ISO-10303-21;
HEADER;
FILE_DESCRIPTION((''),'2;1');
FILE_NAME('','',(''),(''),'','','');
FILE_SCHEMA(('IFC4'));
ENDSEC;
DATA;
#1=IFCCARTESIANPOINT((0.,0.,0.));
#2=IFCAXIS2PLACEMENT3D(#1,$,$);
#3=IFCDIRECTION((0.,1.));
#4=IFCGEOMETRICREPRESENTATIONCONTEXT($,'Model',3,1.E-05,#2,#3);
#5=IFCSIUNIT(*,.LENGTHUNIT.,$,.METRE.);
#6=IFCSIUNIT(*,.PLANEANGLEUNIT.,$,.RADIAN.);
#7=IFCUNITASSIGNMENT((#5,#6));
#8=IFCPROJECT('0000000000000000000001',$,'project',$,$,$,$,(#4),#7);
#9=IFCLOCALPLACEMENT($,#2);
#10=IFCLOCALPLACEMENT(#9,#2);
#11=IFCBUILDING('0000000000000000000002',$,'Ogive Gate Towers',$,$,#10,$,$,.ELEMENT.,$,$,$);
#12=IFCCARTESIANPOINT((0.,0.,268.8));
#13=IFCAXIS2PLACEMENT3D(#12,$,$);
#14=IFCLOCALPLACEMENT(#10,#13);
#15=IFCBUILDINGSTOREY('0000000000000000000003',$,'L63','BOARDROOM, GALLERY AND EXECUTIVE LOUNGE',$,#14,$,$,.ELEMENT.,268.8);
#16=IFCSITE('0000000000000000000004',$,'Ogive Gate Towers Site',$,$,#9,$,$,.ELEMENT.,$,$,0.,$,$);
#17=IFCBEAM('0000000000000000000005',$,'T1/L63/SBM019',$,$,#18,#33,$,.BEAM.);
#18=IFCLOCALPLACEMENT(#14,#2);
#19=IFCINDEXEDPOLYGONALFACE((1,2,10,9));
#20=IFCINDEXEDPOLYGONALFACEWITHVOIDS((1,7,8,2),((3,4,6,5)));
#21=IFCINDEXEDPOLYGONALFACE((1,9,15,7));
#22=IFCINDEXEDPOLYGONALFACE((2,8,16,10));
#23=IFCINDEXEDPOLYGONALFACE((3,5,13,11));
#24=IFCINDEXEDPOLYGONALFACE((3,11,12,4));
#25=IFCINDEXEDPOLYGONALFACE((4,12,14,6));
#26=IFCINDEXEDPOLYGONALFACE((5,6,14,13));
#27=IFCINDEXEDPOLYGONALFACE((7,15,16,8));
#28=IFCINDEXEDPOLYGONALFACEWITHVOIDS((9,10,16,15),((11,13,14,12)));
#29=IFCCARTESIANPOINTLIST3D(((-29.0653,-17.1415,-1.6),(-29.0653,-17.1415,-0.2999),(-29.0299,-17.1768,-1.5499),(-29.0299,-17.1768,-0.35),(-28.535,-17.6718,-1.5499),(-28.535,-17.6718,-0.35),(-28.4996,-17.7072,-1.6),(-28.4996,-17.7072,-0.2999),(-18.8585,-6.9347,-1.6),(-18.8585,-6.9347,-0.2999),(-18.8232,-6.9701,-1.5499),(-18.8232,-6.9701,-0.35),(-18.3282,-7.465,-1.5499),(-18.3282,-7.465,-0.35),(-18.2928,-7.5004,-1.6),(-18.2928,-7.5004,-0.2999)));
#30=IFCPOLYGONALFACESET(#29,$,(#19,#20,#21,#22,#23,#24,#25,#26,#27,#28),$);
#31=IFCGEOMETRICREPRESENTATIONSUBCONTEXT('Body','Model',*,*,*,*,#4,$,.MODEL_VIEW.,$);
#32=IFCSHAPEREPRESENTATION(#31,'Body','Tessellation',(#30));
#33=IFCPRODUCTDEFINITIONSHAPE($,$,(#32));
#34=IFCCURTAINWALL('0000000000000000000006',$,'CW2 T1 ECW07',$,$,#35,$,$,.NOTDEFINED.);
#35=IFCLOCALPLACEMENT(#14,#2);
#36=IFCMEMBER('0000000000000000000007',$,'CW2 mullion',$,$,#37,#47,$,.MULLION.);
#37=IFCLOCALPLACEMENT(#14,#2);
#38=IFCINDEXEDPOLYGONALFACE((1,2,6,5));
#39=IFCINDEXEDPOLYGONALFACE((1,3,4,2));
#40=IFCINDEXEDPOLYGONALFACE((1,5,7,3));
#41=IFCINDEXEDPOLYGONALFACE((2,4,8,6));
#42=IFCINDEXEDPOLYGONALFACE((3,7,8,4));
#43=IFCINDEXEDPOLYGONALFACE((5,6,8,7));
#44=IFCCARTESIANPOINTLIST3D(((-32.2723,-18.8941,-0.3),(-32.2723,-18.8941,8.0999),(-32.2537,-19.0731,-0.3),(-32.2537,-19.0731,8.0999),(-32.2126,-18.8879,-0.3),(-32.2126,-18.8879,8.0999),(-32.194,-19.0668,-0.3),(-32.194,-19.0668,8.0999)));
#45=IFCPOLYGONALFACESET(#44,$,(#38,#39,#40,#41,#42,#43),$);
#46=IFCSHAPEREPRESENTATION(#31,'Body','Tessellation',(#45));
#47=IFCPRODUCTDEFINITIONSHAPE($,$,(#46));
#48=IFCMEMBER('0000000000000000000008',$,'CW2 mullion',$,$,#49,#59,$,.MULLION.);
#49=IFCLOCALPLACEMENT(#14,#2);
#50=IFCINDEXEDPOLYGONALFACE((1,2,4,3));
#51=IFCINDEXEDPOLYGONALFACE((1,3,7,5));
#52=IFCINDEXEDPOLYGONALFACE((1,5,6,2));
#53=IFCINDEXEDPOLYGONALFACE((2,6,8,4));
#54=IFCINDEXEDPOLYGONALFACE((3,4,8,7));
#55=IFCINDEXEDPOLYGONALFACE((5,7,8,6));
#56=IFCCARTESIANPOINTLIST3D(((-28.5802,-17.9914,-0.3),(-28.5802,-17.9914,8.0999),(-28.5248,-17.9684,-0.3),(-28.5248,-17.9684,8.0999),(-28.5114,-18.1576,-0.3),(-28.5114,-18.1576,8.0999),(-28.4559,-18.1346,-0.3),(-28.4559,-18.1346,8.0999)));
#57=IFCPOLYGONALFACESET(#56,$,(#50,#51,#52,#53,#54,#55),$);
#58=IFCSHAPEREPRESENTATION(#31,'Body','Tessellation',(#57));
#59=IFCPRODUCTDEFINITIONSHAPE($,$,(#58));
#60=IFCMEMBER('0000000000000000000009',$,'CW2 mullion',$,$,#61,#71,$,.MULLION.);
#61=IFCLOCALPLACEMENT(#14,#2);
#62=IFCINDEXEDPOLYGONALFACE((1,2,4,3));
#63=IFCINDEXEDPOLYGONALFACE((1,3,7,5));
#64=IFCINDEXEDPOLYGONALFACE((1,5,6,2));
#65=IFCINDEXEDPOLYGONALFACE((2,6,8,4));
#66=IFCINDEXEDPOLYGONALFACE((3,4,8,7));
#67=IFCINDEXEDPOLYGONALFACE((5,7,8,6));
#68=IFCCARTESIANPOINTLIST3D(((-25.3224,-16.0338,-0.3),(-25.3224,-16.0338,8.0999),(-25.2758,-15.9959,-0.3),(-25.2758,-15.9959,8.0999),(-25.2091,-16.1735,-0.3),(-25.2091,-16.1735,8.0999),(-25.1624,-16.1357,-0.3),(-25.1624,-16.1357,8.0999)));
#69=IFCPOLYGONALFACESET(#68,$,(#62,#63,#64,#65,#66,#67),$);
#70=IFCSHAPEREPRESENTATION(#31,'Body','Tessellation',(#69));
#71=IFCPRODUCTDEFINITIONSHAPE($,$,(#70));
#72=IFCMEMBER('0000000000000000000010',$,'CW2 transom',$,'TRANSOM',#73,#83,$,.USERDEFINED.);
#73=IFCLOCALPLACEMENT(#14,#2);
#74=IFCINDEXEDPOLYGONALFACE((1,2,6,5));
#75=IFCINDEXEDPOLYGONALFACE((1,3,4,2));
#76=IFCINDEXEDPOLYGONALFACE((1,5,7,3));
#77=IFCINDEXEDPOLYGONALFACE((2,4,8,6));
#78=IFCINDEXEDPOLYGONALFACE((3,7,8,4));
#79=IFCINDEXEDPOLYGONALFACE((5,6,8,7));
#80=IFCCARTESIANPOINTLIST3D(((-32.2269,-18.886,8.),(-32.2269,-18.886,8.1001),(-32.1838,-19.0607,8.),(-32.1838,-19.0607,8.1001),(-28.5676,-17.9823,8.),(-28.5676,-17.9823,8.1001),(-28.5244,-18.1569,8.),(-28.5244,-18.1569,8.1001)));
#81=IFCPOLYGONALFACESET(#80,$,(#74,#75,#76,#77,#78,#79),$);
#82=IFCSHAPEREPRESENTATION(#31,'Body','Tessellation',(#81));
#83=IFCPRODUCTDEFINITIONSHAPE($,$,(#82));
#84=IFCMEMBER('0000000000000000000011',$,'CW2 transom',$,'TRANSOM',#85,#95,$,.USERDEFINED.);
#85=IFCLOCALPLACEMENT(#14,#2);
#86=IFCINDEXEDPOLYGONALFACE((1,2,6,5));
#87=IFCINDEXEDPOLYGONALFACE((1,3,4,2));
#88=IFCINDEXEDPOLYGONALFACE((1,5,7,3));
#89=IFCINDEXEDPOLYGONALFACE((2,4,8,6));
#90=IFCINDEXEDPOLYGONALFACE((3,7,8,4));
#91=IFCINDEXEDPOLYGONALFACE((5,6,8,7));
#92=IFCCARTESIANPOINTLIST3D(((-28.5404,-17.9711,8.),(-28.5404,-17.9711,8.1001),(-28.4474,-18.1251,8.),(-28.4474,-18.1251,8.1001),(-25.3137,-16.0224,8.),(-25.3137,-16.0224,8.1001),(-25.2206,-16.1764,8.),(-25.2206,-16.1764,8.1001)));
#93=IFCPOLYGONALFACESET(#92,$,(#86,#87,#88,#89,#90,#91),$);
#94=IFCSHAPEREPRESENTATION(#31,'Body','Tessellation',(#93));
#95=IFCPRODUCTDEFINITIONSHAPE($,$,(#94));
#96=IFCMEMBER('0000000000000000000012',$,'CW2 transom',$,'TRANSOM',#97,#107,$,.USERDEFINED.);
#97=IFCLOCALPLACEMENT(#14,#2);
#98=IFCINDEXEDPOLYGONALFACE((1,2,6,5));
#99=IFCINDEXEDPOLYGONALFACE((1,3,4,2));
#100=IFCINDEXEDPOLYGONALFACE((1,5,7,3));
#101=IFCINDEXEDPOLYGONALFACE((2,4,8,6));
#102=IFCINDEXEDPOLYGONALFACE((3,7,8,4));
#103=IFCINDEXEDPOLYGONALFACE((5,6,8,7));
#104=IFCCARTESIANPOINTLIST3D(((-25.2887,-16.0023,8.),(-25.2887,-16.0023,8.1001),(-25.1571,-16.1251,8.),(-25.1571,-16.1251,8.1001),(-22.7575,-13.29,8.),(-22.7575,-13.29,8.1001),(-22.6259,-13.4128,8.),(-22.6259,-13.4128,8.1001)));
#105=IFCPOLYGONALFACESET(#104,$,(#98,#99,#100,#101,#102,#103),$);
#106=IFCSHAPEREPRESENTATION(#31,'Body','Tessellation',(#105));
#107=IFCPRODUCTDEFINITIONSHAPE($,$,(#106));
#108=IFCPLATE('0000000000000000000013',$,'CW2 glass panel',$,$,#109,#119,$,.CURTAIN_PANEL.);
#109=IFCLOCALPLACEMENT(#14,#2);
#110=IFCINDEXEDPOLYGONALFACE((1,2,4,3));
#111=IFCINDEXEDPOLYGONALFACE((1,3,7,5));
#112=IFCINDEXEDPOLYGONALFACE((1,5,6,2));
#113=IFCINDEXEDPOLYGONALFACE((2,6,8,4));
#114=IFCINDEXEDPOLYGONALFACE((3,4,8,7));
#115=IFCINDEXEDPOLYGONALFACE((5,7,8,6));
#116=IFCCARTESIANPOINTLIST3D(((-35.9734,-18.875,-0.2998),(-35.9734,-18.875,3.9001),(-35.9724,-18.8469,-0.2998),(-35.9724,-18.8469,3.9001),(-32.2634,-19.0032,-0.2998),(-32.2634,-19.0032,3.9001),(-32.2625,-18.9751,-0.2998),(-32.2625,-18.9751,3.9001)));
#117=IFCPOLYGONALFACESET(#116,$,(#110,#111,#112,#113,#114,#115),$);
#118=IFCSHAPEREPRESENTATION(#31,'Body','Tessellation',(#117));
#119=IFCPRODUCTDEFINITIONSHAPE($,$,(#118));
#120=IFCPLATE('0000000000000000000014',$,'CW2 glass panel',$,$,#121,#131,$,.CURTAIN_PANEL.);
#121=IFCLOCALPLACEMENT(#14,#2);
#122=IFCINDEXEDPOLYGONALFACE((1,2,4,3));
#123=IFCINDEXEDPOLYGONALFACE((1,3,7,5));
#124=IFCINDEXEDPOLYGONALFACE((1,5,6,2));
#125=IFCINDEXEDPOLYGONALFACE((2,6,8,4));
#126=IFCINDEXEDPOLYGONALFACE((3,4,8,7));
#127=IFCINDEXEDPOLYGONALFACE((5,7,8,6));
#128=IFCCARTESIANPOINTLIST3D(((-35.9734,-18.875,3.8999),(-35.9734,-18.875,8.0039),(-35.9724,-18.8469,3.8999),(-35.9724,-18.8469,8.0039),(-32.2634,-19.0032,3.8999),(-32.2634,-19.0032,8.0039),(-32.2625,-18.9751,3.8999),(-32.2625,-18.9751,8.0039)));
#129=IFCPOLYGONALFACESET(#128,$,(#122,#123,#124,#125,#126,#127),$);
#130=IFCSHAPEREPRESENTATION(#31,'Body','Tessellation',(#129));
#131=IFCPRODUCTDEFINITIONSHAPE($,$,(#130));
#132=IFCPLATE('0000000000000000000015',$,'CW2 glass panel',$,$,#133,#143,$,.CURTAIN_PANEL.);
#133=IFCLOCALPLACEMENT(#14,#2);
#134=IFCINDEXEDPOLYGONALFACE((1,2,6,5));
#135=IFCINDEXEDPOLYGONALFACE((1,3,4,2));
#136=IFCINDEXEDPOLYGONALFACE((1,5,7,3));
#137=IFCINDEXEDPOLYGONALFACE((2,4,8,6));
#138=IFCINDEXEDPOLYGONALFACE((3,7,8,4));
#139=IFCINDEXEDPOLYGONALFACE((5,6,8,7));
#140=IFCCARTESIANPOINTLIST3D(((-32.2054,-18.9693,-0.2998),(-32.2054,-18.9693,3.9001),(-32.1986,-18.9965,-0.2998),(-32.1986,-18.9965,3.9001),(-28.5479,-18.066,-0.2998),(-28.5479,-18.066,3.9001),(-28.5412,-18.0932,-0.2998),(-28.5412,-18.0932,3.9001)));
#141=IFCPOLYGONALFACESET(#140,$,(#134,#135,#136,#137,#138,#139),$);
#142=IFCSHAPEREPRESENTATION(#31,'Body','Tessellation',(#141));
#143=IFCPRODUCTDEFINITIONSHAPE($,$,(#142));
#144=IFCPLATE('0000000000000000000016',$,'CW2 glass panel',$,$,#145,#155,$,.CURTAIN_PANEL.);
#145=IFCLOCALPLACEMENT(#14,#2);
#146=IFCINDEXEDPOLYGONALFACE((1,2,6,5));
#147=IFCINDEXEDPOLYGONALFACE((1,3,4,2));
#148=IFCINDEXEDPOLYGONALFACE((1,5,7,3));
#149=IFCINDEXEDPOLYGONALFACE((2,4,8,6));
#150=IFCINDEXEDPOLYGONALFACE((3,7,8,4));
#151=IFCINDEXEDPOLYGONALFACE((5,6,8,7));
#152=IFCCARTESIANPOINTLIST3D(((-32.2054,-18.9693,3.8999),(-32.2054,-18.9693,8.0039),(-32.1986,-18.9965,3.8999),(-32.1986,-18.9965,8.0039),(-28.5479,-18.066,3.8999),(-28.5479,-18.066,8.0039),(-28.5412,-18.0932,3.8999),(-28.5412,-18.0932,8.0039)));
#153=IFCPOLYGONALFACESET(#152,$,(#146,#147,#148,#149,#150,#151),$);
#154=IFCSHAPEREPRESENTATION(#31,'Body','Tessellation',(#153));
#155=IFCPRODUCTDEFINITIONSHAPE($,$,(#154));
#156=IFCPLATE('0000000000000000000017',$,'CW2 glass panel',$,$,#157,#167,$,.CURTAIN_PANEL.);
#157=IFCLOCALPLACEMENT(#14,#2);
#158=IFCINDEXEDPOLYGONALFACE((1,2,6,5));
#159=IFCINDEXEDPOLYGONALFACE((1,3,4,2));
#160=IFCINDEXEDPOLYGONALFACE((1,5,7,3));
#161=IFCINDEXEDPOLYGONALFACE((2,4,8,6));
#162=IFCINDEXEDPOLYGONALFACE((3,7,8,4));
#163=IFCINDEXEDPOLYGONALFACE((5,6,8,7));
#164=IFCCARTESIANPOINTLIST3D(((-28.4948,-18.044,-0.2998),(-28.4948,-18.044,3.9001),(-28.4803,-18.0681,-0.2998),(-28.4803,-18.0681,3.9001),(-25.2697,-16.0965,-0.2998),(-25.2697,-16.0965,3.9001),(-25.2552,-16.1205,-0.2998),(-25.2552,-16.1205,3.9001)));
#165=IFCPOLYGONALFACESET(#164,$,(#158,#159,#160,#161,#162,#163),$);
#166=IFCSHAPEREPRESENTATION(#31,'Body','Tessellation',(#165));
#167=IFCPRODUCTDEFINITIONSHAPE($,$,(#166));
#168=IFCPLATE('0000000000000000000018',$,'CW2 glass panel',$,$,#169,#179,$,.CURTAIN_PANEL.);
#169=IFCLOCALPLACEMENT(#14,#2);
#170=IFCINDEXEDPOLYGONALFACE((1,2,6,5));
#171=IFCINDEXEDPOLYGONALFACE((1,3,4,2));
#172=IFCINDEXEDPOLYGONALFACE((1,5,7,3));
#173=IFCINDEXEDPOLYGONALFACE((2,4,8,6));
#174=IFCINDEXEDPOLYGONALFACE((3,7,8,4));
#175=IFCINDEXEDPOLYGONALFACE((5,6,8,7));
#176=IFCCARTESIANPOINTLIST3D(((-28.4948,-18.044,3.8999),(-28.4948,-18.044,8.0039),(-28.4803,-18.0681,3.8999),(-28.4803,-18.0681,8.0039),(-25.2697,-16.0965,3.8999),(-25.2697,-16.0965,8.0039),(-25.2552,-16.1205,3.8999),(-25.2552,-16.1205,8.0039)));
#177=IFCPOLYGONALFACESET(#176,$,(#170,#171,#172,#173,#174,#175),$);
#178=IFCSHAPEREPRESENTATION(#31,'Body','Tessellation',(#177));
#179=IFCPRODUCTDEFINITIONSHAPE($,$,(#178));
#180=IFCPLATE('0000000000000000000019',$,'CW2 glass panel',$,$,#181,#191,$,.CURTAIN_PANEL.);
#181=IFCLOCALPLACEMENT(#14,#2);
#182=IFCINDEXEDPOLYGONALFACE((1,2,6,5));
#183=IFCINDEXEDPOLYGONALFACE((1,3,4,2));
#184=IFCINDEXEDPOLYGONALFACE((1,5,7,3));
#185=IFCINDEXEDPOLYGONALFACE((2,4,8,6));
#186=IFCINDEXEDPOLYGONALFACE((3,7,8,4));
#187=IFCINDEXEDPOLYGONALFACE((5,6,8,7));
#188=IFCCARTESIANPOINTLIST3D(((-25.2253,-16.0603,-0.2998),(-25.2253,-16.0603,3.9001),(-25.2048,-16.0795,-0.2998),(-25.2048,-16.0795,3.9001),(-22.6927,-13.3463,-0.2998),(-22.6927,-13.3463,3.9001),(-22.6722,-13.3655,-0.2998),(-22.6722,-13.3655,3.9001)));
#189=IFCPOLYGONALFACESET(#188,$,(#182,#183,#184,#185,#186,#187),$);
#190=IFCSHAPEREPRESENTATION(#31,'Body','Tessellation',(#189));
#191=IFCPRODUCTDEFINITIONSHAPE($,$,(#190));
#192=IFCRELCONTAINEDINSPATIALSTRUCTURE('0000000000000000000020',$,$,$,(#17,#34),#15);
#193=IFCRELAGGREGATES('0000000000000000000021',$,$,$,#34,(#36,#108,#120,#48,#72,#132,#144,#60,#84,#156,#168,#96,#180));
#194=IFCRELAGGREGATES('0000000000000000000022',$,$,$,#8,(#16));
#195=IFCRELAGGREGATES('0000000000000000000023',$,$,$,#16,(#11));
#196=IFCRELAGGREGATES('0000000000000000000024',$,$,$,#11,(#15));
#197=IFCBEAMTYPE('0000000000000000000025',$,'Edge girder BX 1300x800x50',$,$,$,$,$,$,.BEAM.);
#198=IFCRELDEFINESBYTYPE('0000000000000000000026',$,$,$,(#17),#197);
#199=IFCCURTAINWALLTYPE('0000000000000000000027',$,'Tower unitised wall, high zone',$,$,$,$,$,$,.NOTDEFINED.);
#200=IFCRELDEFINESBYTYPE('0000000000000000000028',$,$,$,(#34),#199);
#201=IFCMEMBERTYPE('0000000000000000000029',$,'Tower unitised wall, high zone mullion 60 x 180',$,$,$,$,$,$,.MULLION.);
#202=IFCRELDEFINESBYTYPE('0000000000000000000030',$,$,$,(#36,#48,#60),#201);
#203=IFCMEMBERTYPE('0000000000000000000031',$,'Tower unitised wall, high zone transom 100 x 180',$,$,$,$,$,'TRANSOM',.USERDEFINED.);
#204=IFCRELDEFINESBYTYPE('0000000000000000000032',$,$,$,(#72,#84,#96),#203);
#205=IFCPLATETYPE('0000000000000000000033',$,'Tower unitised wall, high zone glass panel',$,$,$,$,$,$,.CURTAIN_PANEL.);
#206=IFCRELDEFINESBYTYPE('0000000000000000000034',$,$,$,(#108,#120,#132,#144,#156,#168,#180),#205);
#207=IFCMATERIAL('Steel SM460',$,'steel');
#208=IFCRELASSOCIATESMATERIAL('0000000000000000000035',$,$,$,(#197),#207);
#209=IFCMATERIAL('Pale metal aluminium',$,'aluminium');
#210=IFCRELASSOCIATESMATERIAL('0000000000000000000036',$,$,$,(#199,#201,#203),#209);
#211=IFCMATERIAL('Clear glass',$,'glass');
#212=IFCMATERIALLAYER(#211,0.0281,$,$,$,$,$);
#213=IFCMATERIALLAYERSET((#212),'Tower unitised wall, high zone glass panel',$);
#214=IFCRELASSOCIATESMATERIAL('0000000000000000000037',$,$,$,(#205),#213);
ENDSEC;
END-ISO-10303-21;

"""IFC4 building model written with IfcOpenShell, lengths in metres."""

from ifc_helpers import new_model, si_unit, direction, frame, origin, origin_2d, place, context, subcontext, project, spatial, rectangle, hollow_rectangle, extrude, material, layer, layer_set, material_profile, profile_set, type_object, element, aggregate, save


model = new_model("IFC4")

# Units and contexts
model_context = context("Model", 3, precision=1e-05, world=origin(), true_north=direction((0.0, 1.0)))
body_context = subcontext(model_context, "Body", "Model", "MODEL_VIEW")
ifc_project = project(units=[si_unit("LENGTHUNIT", "METRE"), si_unit("PLANEANGLEUNIT", "RADIAN")], contexts=[model_context])

# Site, building, storey
site_placement = place(None, origin())
site = spatial("IfcSite", under=ifc_project, at=site_placement, Name="Ogive Gate Towers Site", CompositionType="ELEMENT", RefElevation=0.0)
building_placement = place(site_placement, origin())
building = spatial("IfcBuilding", under=site, at=building_placement, Name="Ogive Gate Towers", CompositionType="ELEMENT")
storey_placement = place(building_placement, frame((0.0, 0.0, 268.8)))
storey = spatial("IfcBuildingStorey", under=building, at=storey_placement, Name="L63", Description="BOARDROOM, GALLERY AND EXECUTIVE LOUNGE", CompositionType="ELEMENT", Elevation=268.8)

# Beam
ifc_material_1 = material(Name="Steel SM460", Category="steel")
ifc_material_profile_1 = material_profile(ifc_material_1, hollow_rectangle(XDim=0.8, YDim=1.3, WallThickness=0.05, at=origin_2d()), Name="BX 1300x800x50")
ifc_profile_set_1 = profile_set([ifc_material_profile_1], Name="Steel SM460")
beam_type = type_object("IfcBeamType", Name="Edge girder BX 1300x800x50", PredefinedType="BEAM", material=ifc_profile_set_1)
beam_placement = place(storey_placement, frame((-28.7825, -17.4243, -0.95), z_axis=(0.707107, 0.707107, 0.0), x_axis=(-0.707107, 0.707107, 0.0)))
element("IfcBeam", 1, at=beam_placement, inside=storey, type_object=beam_type, Name="T1/L63/SBM019", PredefinedType="BEAM", context=body_context, shape_type="SweptSolid", body=[
    extrude(hollow_rectangle(XDim=0.8, YDim=1.3, WallThickness=0.05, at=origin_2d()), origin(), (0.0, 0.0, 1.0), 14.4346),
])

# Curtain wall, members, plates
ifc_material_2 = material(Name="Pale metal aluminium", Category="aluminium")
curtain_wall_type = type_object("IfcCurtainWallType", Name="Tower unitised wall, high zone", PredefinedType="NOTDEFINED", material=ifc_material_2)
curtain_wall_placement = place(storey_placement, origin())
curtain_wall = element("IfcCurtainWall", 2, at=curtain_wall_placement, inside=storey, type_object=curtain_wall_type, Name="CW2 T1 ECW07", PredefinedType="NOTDEFINED")
ifc_material_profile_2 = material_profile(ifc_material_2, rectangle(XDim=0.1799, YDim=0.0601, at=origin_2d()), Name="60 x 180 aluminium box")
ifc_profile_set_2 = profile_set([ifc_material_profile_2], Name="Pale metal aluminium")
member_type_1 = type_object("IfcMemberType", Name="Tower unitised wall, high zone mullion 60 x 180", PredefinedType="MULLION", material=ifc_profile_set_2)
member_1_placement = place(storey_placement, frame((-32.2332, -18.9805, -0.3), z_axis=(0.0, 0.0, 1.0), x_axis=(0.103608, -0.994618, 0.0)))
member_1 = element("IfcMember", 3, at=member_1_placement, type_object=member_type_1, Name="CW2 mullion", PredefinedType="MULLION", context=body_context, shape_type="SweptSolid", body=[
    extrude(rectangle(XDim=0.1799, YDim=0.0601, at=origin_2d()), origin(), (0.0, 0.0, 1.0), 8.3999),
])
member_2_placement = place(storey_placement, frame((-28.5181, -18.063, -0.3), z_axis=(0.0, 0.0, 1.0), x_axis=(0.382683, -0.92388, 0.0)))
member_2 = element("IfcMember", 4, at=member_2_placement, type_object=member_type_1, Name="CW2 mullion", PredefinedType="MULLION", context=body_context, shape_type="SweptSolid", body=[
    extrude(rectangle(XDim=0.1799, YDim=0.0601, at=origin_2d()), origin(), (0.0, 0.0, 1.0), 8.3999),
])
member_3_placement = place(storey_placement, frame((-25.2424, -16.0847, -0.3), z_axis=(0.0, 0.0, 1.0), x_axis=(0.630039, -0.776563, 0.0)))
member_3 = element("IfcMember", 5, at=member_3_placement, type_object=member_type_1, Name="CW2 mullion", PredefinedType="MULLION", context=body_context, shape_type="SweptSolid", body=[
    extrude(rectangle(XDim=0.1799, YDim=0.0601, at=origin_2d()), origin(), (0.0, 0.0, 1.0), 8.3999),
])
ifc_material_profile_3 = material_profile(ifc_material_2, rectangle(XDim=0.1799, YDim=0.1001, at=origin_2d()), Name="100 x 180 aluminium box")
ifc_profile_set_3 = profile_set([ifc_material_profile_3], Name="Pale metal aluminium")
member_type_2 = type_object("IfcMemberType", Name="Tower unitised wall, high zone transom 100 x 180", ElementType="TRANSOM", PredefinedType="USERDEFINED", material=ifc_profile_set_3)
member_4_placement = place(storey_placement, frame((-32.2053, -18.9734, 8.05), z_axis=(0.970828, 0.239776, 0.0), x_axis=(-0.239776, 0.970828, 0.0)))
member_4 = element("IfcMember", 6, at=member_4_placement, type_object=member_type_2, Name="CW2 transom", ObjectType="TRANSOM", PredefinedType="USERDEFINED", context=body_context, shape_type="SweptSolid", body=[
    extrude(rectangle(XDim=0.1799, YDim=0.1001, at=origin_2d()), origin(), (0.0, 0.0, 1.0), 3.7693),
])
member_5_placement = place(storey_placement, frame((-28.4939, -18.0481, 8.05), z_axis=(0.856009, 0.51696, 0.0), x_axis=(-0.51696, 0.856009, 0.0)))
member_5 = element("IfcMember", 7, at=member_5_placement, type_object=member_type_2, Name="CW2 transom", ObjectType="TRANSOM", PredefinedType="USERDEFINED", context=body_context, shape_type="SweptSolid", body=[
    extrude(rectangle(XDim=0.1799, YDim=0.1001, at=origin_2d()), origin(), (0.0, 0.0, 1.0), 3.7695),
])
member_6_placement = place(storey_placement, frame((-25.2229, -16.0637, 8.05), z_axis=(0.682271, 0.731099, 0.0), x_axis=(-0.731099, 0.682271, 0.0)))
member_6 = element("IfcMember", 8, at=member_6_placement, type_object=member_type_2, Name="CW2 transom", ObjectType="TRANSOM", PredefinedType="USERDEFINED", context=body_context, shape_type="SweptSolid", body=[
    extrude(rectangle(XDim=0.1799, YDim=0.1001, at=origin_2d()), origin(), (0.0, 0.0, 1.0), 3.71),
])
ifc_material_3 = material(Name="Clear glass", Category="glass")
ifc_layer_1 = layer(ifc_material_3, 0.0281)
ifc_layer_set_1 = layer_set([ifc_layer_1], Name="Tower unitised wall, high zone glass panel")
plate_type = type_object("IfcPlateType", Name="Tower unitised wall, high zone glass panel", PredefinedType="CURTAIN_PANEL", material=ifc_layer_set_1)
plate_1_placement = place(storey_placement, frame((-34.1179, -18.925, -0.2998), z_axis=(0.0, 0.0, 1.0), x_axis=(0.999404, -0.034533, 0.0)))
plate_1 = element("IfcPlate", 9, at=plate_1_placement, type_object=plate_type, Name="CW2 glass panel", PredefinedType="CURTAIN_PANEL", context=body_context, shape_type="SweptSolid", body=[
    extrude(rectangle(XDim=3.7122, YDim=0.0281, at=origin_2d()), origin(), (0.0, 0.0, 1.0), 4.2),
])
plate_2_placement = place(storey_placement, frame((-34.1179, -18.925, 3.8999), z_axis=(0.0, 0.0, 1.0), x_axis=(0.999404, -0.034533, 0.0)))
plate_2 = element("IfcPlate", 10, at=plate_2_placement, type_object=plate_type, Name="CW2 glass panel", PredefinedType="CURTAIN_PANEL", context=body_context, shape_type="SweptSolid", body=[
    extrude(rectangle(XDim=3.7122, YDim=0.0281, at=origin_2d()), origin(), (0.0, 0.0, 1.0), 4.104),
])
plate_3_placement = place(storey_placement, frame((-30.3733, -18.5312, -0.2998), z_axis=(0.0, 0.0, 1.0), x_axis=(0.97083, 0.239771, 0.0)))
plate_3 = element("IfcPlate", 11, at=plate_3_placement, type_object=plate_type, Name="CW2 glass panel", PredefinedType="CURTAIN_PANEL", context=body_context, shape_type="SweptSolid", body=[
    extrude(rectangle(XDim=3.7673, YDim=0.0281, at=origin_2d()), origin(), (0.0, 0.0, 1.0), 4.2),
])
plate_4_placement = place(storey_placement, frame((-30.3733, -18.5312, 3.8999), z_axis=(0.0, 0.0, 1.0), x_axis=(0.97083, 0.239771, 0.0)))
plate_4 = element("IfcPlate", 12, at=plate_4_placement, type_object=plate_type, Name="CW2 glass panel", PredefinedType="CURTAIN_PANEL", context=body_context, shape_type="SweptSolid", body=[
    extrude(rectangle(XDim=3.7673, YDim=0.0281, at=origin_2d()), origin(), (0.0, 0.0, 1.0), 4.104),
])
plate_5_placement = place(storey_placement, frame((-26.875, -17.0823, -0.2998), z_axis=(0.0, 0.0, 1.0), x_axis=(0.856033, 0.516922, 0.0)))
plate_5 = element("IfcPlate", 13, at=plate_5_placement, type_object=plate_type, Name="CW2 glass panel", PredefinedType="CURTAIN_PANEL", context=body_context, shape_type="SweptSolid", body=[
    extrude(rectangle(XDim=3.7676, YDim=0.0281, at=origin_2d()), origin(), (0.0, 0.0, 1.0), 4.2),
])
plate_6_placement = place(storey_placement, frame((-26.875, -17.0823, 3.8999), z_axis=(0.0, 0.0, 1.0), x_axis=(0.856033, 0.516922, 0.0)))
plate_6 = element("IfcPlate", 14, at=plate_6_placement, type_object=plate_type, Name="CW2 glass panel", PredefinedType="CURTAIN_PANEL", context=body_context, shape_type="SweptSolid", body=[
    extrude(rectangle(XDim=3.7676, YDim=0.0281, at=origin_2d()), origin(), (0.0, 0.0, 1.0), 4.104),
])
plate_7_placement = place(storey_placement, frame((-23.9487, -14.7129, -0.2998), z_axis=(0.0, 0.0, 1.0), x_axis=(0.682254, 0.731116, 0.0)))
plate_7 = element("IfcPlate", 15, at=plate_7_placement, type_object=plate_type, Name="CW2 glass panel", PredefinedType="CURTAIN_PANEL", context=body_context, shape_type="SweptSolid", body=[
    extrude(rectangle(XDim=3.7122, YDim=0.0281, at=origin_2d()), origin(), (0.0, 0.0, 1.0), 4.2),
])
aggregate(curtain_wall, [member_1, plate_1, plate_2, member_2, member_4, plate_3, plate_4, member_3, member_5, plate_5, plate_6, member_6, plate_7])

save(model, "model.ifc")
